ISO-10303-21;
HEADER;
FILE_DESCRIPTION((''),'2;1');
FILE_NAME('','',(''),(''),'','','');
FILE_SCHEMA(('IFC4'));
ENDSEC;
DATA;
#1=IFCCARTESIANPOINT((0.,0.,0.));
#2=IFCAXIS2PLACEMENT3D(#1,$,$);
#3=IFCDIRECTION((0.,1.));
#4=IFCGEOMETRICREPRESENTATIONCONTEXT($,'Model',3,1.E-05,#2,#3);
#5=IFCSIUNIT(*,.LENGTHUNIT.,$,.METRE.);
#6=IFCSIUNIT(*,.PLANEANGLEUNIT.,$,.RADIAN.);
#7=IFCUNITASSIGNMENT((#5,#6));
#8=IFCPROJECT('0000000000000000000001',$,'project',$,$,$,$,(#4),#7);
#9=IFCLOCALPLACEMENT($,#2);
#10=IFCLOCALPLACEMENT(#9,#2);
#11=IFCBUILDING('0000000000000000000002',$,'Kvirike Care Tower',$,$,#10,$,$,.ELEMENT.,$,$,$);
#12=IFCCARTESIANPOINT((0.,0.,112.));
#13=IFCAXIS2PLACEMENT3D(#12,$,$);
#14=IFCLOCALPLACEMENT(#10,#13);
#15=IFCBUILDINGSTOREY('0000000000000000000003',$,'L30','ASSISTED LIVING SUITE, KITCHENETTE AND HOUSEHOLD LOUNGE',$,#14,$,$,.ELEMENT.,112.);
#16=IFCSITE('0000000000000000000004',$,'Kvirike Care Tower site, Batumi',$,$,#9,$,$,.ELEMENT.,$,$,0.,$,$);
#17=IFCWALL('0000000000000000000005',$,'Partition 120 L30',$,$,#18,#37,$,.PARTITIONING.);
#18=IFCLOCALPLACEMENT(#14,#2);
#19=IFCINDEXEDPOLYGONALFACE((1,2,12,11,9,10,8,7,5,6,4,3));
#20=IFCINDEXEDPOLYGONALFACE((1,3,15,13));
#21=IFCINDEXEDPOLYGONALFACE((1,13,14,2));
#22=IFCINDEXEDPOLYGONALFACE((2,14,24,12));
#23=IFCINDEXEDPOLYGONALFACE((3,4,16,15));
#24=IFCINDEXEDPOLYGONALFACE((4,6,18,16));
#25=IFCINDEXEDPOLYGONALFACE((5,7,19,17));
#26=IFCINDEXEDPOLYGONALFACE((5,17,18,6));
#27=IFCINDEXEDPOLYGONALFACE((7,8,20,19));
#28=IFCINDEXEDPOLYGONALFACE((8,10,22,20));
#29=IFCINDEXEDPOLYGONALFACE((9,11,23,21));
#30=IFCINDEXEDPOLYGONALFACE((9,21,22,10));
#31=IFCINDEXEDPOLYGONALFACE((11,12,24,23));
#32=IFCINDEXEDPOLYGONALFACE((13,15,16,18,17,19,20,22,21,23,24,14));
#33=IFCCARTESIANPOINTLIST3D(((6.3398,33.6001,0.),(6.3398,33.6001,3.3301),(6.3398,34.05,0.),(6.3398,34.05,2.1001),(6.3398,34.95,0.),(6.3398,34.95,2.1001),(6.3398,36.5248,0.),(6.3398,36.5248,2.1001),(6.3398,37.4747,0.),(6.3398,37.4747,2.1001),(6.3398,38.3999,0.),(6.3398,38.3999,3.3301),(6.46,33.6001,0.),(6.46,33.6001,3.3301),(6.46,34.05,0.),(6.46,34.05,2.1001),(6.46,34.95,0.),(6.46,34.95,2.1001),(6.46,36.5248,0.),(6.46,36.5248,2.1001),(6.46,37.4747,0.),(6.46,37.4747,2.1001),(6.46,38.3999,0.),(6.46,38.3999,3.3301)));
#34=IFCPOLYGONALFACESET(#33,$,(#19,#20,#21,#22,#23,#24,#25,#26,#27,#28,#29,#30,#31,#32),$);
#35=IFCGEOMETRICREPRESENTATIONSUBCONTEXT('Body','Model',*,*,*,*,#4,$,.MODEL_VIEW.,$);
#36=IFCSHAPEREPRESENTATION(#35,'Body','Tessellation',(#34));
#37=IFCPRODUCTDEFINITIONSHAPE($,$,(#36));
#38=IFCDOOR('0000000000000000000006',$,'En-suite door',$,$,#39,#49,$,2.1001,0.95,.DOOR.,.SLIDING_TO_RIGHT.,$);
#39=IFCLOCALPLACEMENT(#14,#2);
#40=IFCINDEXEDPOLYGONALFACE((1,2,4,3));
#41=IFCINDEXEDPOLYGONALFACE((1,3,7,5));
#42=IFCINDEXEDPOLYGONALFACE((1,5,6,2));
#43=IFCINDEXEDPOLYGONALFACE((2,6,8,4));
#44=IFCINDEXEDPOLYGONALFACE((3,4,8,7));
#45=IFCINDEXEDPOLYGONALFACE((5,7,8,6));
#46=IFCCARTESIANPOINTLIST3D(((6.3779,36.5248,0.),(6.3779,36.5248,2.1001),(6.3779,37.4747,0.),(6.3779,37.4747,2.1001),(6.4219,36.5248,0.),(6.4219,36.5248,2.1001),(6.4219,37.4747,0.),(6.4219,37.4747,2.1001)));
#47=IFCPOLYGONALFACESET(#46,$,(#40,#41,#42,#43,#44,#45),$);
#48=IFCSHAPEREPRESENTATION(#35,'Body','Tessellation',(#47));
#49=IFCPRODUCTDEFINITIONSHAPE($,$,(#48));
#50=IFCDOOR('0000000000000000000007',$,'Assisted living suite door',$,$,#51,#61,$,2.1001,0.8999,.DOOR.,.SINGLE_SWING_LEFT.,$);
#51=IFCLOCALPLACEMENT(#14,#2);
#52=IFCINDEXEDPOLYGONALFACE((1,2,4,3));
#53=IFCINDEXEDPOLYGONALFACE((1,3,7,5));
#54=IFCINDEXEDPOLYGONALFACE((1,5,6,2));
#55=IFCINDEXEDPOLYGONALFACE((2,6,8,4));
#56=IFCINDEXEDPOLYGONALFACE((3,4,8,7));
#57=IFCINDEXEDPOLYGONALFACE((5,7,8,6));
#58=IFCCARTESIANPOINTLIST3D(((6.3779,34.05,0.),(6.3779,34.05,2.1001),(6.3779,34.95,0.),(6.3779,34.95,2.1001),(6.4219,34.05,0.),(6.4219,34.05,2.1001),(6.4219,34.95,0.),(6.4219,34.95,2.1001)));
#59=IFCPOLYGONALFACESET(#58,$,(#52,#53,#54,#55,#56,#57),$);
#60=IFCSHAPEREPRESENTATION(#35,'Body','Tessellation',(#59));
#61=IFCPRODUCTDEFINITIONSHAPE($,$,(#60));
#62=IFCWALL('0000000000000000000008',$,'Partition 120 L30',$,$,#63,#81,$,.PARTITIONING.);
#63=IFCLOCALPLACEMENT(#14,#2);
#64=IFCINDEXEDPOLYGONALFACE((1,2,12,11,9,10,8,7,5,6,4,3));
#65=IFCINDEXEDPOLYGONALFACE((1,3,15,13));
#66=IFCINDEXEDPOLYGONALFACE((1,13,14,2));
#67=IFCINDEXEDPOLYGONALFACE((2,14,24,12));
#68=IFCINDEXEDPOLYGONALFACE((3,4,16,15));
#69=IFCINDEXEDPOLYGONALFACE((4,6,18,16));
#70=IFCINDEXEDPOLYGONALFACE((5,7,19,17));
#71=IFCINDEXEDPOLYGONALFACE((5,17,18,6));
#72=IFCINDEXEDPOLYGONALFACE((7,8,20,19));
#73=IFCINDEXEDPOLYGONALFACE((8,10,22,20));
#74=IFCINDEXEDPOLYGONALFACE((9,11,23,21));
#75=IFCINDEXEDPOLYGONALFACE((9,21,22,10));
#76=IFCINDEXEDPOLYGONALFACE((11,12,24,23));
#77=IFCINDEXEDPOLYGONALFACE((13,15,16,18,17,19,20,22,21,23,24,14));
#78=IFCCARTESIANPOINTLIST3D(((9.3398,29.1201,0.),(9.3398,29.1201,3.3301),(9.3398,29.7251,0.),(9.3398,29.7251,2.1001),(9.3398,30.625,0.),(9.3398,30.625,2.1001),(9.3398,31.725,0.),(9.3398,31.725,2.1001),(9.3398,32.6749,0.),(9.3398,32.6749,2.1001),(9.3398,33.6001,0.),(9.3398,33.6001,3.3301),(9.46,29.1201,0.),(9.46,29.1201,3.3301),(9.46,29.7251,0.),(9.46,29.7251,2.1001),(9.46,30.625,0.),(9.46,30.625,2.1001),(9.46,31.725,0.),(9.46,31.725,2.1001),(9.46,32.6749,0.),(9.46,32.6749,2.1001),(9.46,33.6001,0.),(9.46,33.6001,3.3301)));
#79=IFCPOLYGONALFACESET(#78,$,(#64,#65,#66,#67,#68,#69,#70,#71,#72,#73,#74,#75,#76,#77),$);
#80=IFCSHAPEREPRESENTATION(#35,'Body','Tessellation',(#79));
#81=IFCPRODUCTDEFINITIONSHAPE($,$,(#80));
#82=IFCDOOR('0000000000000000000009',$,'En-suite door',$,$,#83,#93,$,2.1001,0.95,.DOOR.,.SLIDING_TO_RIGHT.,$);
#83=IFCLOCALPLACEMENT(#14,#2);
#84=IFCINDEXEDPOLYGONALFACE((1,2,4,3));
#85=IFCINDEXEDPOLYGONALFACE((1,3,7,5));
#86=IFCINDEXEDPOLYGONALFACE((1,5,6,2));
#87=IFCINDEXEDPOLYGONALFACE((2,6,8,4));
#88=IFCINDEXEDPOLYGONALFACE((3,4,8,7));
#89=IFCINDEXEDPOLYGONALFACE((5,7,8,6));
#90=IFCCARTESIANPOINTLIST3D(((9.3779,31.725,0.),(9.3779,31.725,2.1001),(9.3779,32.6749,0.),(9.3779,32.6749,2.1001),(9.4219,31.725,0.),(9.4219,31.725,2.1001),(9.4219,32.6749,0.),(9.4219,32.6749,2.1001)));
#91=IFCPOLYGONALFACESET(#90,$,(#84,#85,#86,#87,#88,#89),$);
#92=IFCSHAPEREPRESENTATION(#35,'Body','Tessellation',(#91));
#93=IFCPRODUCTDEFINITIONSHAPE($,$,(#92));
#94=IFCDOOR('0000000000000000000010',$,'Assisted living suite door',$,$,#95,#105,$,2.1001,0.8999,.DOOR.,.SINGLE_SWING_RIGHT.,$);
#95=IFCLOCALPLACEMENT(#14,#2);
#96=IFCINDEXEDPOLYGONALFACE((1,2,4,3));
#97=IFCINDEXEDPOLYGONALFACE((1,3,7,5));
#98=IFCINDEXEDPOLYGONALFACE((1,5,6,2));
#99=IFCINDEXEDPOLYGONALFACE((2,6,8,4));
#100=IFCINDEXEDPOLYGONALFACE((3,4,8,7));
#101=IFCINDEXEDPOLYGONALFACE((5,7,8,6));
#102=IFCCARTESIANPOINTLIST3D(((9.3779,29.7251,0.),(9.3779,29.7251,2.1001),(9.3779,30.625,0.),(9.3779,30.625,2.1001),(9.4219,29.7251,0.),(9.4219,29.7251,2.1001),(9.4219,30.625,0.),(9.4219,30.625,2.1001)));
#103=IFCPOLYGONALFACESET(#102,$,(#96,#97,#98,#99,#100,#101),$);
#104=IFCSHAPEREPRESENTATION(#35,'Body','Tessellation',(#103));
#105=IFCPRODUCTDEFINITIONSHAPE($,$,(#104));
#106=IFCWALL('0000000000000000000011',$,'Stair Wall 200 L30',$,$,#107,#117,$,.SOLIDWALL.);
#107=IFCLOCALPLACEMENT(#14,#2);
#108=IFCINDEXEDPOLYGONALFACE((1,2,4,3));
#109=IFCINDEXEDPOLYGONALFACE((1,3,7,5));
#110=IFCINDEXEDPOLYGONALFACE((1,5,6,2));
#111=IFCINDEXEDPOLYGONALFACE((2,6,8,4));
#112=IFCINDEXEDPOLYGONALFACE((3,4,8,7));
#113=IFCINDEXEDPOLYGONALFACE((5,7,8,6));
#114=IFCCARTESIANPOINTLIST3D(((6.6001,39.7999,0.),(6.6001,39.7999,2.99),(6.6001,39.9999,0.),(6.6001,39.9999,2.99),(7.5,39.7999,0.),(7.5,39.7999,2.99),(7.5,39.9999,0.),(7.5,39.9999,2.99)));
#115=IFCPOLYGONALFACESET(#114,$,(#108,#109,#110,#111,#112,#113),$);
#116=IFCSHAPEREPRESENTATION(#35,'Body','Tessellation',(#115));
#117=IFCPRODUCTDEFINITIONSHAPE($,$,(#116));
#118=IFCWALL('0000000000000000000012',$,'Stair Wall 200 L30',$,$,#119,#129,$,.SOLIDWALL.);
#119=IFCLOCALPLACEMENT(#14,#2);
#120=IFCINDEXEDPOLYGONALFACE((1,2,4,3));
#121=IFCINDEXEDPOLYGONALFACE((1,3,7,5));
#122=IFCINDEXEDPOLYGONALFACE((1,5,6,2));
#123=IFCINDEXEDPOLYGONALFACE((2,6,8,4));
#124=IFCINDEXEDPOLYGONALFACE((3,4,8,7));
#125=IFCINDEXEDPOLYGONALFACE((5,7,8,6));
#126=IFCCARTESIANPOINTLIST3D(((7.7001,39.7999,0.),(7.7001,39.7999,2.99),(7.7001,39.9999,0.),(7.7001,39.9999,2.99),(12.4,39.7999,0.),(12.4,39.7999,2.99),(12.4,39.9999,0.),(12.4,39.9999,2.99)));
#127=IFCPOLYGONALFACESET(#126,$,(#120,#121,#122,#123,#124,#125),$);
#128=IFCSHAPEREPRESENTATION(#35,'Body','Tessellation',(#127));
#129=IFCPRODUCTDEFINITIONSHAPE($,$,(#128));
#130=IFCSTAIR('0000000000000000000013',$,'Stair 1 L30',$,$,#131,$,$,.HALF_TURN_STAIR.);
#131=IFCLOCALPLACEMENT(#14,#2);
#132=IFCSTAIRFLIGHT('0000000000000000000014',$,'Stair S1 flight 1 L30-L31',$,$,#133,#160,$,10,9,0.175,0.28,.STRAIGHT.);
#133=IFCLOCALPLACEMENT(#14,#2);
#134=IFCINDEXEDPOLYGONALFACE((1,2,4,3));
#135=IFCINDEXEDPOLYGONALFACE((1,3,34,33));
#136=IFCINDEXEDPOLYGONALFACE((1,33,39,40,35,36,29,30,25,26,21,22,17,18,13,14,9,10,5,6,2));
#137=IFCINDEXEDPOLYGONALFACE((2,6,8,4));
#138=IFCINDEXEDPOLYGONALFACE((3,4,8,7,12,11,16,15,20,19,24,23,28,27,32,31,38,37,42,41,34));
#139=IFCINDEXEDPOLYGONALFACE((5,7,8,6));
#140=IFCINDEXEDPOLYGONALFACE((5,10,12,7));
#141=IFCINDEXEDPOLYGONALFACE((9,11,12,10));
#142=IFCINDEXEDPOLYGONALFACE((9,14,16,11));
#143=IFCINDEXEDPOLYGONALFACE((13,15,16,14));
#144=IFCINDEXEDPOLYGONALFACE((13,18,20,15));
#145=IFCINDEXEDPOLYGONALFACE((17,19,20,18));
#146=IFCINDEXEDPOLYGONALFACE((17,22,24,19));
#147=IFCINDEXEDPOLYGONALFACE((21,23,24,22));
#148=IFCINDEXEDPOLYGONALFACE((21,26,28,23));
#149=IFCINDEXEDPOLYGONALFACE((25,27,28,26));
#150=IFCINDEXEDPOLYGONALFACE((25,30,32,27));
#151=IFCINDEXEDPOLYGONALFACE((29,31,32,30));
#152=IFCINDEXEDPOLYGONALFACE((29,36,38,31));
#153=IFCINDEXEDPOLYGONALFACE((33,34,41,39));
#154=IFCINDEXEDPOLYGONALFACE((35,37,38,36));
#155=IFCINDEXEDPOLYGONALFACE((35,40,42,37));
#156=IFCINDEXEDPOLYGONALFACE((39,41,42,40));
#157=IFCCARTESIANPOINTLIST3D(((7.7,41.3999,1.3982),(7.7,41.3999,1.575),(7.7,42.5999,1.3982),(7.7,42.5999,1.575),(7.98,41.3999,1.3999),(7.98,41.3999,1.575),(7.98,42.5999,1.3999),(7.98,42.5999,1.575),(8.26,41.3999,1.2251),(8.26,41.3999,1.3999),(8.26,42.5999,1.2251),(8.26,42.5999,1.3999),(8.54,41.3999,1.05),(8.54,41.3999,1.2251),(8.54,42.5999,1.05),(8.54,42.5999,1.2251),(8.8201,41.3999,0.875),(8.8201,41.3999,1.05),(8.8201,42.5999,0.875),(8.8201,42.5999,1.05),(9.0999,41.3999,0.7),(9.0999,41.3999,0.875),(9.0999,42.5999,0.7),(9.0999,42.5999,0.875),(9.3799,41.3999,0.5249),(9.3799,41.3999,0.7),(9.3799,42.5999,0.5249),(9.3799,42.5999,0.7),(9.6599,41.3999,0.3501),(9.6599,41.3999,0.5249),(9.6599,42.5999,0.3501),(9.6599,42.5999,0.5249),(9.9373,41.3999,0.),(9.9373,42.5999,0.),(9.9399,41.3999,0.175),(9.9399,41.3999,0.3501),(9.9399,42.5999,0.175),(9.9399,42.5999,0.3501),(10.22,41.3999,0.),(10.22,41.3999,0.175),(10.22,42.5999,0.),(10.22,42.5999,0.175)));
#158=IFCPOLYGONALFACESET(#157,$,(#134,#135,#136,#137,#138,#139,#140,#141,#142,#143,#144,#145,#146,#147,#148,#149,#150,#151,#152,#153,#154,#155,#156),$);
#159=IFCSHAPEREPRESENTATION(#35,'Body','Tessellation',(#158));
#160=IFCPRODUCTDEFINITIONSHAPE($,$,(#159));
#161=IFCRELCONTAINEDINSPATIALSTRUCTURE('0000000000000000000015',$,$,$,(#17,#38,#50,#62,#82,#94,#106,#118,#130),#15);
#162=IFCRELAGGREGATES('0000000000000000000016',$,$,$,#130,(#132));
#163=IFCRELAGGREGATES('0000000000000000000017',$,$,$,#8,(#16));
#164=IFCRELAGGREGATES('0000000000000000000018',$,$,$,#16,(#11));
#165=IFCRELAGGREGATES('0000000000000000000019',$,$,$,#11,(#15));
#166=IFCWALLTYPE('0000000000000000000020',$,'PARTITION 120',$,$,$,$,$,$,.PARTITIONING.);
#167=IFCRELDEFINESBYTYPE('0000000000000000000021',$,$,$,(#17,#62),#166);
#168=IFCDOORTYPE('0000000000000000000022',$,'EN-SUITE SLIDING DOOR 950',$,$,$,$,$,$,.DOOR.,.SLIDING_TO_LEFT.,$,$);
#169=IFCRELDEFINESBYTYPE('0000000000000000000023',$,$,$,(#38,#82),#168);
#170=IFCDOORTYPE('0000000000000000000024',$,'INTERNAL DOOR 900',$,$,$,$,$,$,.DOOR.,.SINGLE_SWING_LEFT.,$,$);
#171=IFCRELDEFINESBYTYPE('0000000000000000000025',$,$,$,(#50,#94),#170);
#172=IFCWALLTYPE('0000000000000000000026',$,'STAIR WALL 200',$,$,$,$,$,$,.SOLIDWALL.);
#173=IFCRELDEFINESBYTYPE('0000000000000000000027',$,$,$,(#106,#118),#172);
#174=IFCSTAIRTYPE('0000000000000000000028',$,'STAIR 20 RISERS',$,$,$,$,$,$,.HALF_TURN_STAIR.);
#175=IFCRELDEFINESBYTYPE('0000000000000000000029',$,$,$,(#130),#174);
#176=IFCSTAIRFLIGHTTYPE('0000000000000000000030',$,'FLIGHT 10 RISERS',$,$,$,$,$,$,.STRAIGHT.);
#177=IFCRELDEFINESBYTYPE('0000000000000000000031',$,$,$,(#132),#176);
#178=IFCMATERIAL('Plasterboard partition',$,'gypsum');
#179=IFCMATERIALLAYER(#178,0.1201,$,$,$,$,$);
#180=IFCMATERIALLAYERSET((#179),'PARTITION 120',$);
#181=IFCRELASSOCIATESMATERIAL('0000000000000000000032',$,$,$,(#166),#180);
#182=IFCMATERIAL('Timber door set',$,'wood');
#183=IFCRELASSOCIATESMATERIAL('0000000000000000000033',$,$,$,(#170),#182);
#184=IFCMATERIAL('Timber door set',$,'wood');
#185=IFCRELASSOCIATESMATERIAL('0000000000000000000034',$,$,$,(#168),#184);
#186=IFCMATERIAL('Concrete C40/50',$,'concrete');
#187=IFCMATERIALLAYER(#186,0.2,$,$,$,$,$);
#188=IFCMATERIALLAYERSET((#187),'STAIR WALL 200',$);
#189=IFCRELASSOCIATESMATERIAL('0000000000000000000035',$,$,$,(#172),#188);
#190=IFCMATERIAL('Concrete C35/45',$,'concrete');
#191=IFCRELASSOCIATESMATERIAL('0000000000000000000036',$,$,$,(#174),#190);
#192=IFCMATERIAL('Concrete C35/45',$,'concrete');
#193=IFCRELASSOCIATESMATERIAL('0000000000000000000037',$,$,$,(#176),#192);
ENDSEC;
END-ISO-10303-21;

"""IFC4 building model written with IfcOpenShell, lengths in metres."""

from ifc_helpers import new_model, si_unit, direction, frame, frame_2d, origin, place, context, subcontext, project, spatial, polyline, rectangle, outline, extrude, material, layer, layer_set, type_object, element, fill, aggregate, save


model = new_model("IFC4")

# Units and contexts
model_context = context("Model", 3, precision=1e-05, world=origin(), true_north=direction((0.0, 1.0)))
body_context = subcontext(model_context, "Body", "Model", "MODEL_VIEW")
ifc_project = project(units=[si_unit("LENGTHUNIT", "METRE"), si_unit("PLANEANGLEUNIT", "RADIAN")], contexts=[model_context])

# Site, building, storey
site_placement = place(None, origin())
site = spatial("IfcSite", under=ifc_project, at=site_placement, Name="Kvirike Care Tower site, Batumi", CompositionType="ELEMENT", RefElevation=0.0)
building_placement = place(site_placement, origin())
building = spatial("IfcBuilding", under=site, at=building_placement, Name="Kvirike Care Tower", CompositionType="ELEMENT")
storey_placement = place(building_placement, frame((0.0, 0.0, 112.0)))
storey = spatial("IfcBuildingStorey", under=building, at=storey_placement, Name="L30", Description="ASSISTED LIVING SUITE, KITCHENETTE AND HOUSEHOLD LOUNGE", CompositionType="ELEMENT", Elevation=112.0)

# Shared definitions
ifc_material_1 = material(Name="Plasterboard partition", Category="gypsum")
ifc_layer_1 = layer(ifc_material_1, 0.1201)
ifc_layer_set_1 = layer_set([ifc_layer_1], Name="PARTITION 120")
wall_type_1 = type_object("IfcWallType", Name="PARTITION 120", PredefinedType="PARTITIONING", material=ifc_layer_set_1)
ifc_material_2 = material(Name="Timber door set", Category="wood")
door_type_1 = type_object("IfcDoorType", Name="INTERNAL DOOR 900", OperationType="SINGLE_SWING_LEFT", PredefinedType="DOOR", material=ifc_material_2)

# Walls, openings, doors
wall_1_placement = place(storey_placement, frame((6.3999, 38.3999, 0.0), z_axis=(0.0, 0.0, 1.0), x_axis=(0.0, -1.0, 0.0)))
wall_1 = element("IfcWall", 1, at=wall_1_placement, inside=storey, type_object=wall_type_1, Name="Partition 120 L30", PredefinedType="PARTITIONING", context=body_context, shape_type="SweptSolid", body=[
    extrude(rectangle(XDim=4.7998, YDim=0.1201, at=frame_2d((2.3999, 0.0))), origin(), (0.0, 0.0, 1.0), 3.3301),
])
opening_1_placement = place(wall_1_placement, frame((3.45, 0.0, 0.0)))
opening_1 = element("IfcOpeningElement", 2, at=opening_1_placement, cuts=wall_1, PredefinedType="OPENING", context=body_context, shape_type="SweptSolid", body=[
    extrude(rectangle(XDim=0.8999, YDim=2.1001, at=frame_2d((0.45, 1.05))), frame((0.0, 0.0706, 0.0), z_axis=(0.0, -1.0, 0.0), x_axis=(1.0, 0.0, 0.0)), (0.0, 0.0, 1.0), 0.1411),
])
opening_2_placement = place(wall_1_placement, frame((0.925, 0.0, 0.0)))
opening_2 = element("IfcOpeningElement", 3, at=opening_2_placement, cuts=wall_1, PredefinedType="OPENING", context=body_context, shape_type="SweptSolid", body=[
    extrude(rectangle(XDim=0.95, YDim=2.1001, at=frame_2d((0.4751, 1.05))), frame((0.0, 0.0706, 0.0), z_axis=(0.0, -1.0, 0.0), x_axis=(1.0, 0.0, 0.0)), (0.0, 0.0, 1.0), 0.1411),
])
ifc_material_3 = material(Name="Timber door set", Category="wood")
door_type_2 = type_object("IfcDoorType", Name="EN-SUITE SLIDING DOOR 950", OperationType="SLIDING_TO_LEFT", PredefinedType="DOOR", material=ifc_material_3)
door_1_placement = place(opening_2_placement, origin())
door_1 = element("IfcDoor", 4, at=door_1_placement, inside=storey, type_object=door_type_2, Name="En-suite door", OperationType="SLIDING_TO_RIGHT", OverallHeight=2.1001, OverallWidth=0.95, PredefinedType="DOOR", context=body_context, shape_type="SweptSolid", body=[
    extrude(rectangle(XDim=0.95, YDim=2.1001, at=frame_2d((0.4751, 1.05))), frame((0.0, 0.022, 0.0), z_axis=(0.0, -1.0, 0.0), x_axis=(1.0, 0.0, 0.0)), (0.0, 0.0, 1.0), 0.0439),
])
fill(opening_2, door_1)
door_2_placement = place(opening_1_placement, origin())
door_2 = element("IfcDoor", 5, at=door_2_placement, inside=storey, type_object=door_type_1, Name="Assisted living suite door", OperationType="SINGLE_SWING_LEFT", OverallHeight=2.1001, OverallWidth=0.8999, PredefinedType="DOOR", context=body_context, shape_type="SweptSolid", body=[
    extrude(rectangle(XDim=0.8999, YDim=2.1001, at=frame_2d((0.45, 1.05))), frame((0.0, 0.022, 0.0), z_axis=(0.0, -1.0, 0.0), x_axis=(1.0, 0.0, 0.0)), (0.0, 0.0, 1.0), 0.0439),
])
fill(opening_1, door_2)
wall_2_placement = place(storey_placement, frame((9.3999, 33.6001, 0.0), z_axis=(0.0, 0.0, 1.0), x_axis=(0.0, -1.0, 0.0)))
wall_2 = element("IfcWall", 6, at=wall_2_placement, inside=storey, type_object=wall_type_1, Name="Partition 120 L30", PredefinedType="PARTITIONING", context=body_context, shape_type="SweptSolid", body=[
    extrude(rectangle(XDim=4.48, YDim=0.1201, at=frame_2d((2.24, 0.0))), origin(), (0.0, 0.0, 1.0), 3.3301),
])
opening_3_placement = place(wall_2_placement, frame((2.9751, 0.0, 0.0)))
opening_3 = element("IfcOpeningElement", 7, at=opening_3_placement, cuts=wall_2, PredefinedType="OPENING", context=body_context, shape_type="SweptSolid", body=[
    extrude(rectangle(XDim=0.8999, YDim=2.1001, at=frame_2d((0.45, 1.05))), frame((0.0, 0.0706, 0.0), z_axis=(0.0, -1.0, 0.0), x_axis=(1.0, 0.0, 0.0)), (0.0, 0.0, 1.0), 0.1411),
])
opening_4_placement = place(wall_2_placement, frame((0.925, 0.0, 0.0)))
opening_4 = element("IfcOpeningElement", 8, at=opening_4_placement, cuts=wall_2, PredefinedType="OPENING", context=body_context, shape_type="SweptSolid", body=[
    extrude(rectangle(XDim=0.95, YDim=2.1001, at=frame_2d((0.4751, 1.05))), frame((0.0, 0.0706, 0.0), z_axis=(0.0, -1.0, 0.0), x_axis=(1.0, 0.0, 0.0)), (0.0, 0.0, 1.0), 0.1411),
])
door_3_placement = place(opening_4_placement, origin())
door_3 = element("IfcDoor", 9, at=door_3_placement, inside=storey, type_object=door_type_2, Name="En-suite door", OperationType="SLIDING_TO_RIGHT", OverallHeight=2.1001, OverallWidth=0.95, PredefinedType="DOOR", context=body_context, shape_type="SweptSolid", body=[
    extrude(rectangle(XDim=0.95, YDim=2.1001, at=frame_2d((0.4751, 1.05))), frame((0.0, 0.022, 0.0), z_axis=(0.0, -1.0, 0.0), x_axis=(1.0, 0.0, 0.0)), (0.0, 0.0, 1.0), 0.0439),
])
fill(opening_4, door_3)
door_4_placement = place(opening_3_placement, origin())
door_4 = element("IfcDoor", 10, at=door_4_placement, inside=storey, type_object=door_type_1, Name="Assisted living suite door", OperationType="SINGLE_SWING_RIGHT", OverallHeight=2.1001, OverallWidth=0.8999, PredefinedType="DOOR", context=body_context, shape_type="SweptSolid", body=[
    extrude(rectangle(XDim=0.8999, YDim=2.1001, at=frame_2d((0.45, 1.05))), frame((0.0, 0.022, 0.0), z_axis=(0.0, -1.0, 0.0), x_axis=(1.0, 0.0, 0.0)), (0.0, 0.0, 1.0), 0.0439),
])
fill(opening_3, door_4)

# Walls
ifc_material_4 = material(Name="Concrete C40/50", Category="concrete")
ifc_layer_2 = layer(ifc_material_4, 0.2)
ifc_layer_set_2 = layer_set([ifc_layer_2], Name="STAIR WALL 200")
wall_type_2 = type_object("IfcWallType", Name="STAIR WALL 200", PredefinedType="SOLIDWALL", material=ifc_layer_set_2)
wall_3_placement = place(storey_placement, frame((6.6001, 39.8999, 0.0), z_axis=(0.0, 0.0, 1.0), x_axis=(1.0, 0.0, 0.0)))
element("IfcWall", 11, at=wall_3_placement, inside=storey, type_object=wall_type_2, Name="Stair Wall 200 L30", PredefinedType="SOLIDWALL", context=body_context, shape_type="SweptSolid", body=[
    extrude(rectangle(XDim=0.8999, YDim=0.2, at=frame_2d((0.45, 0.0))), origin(), (0.0, 0.0, 1.0), 2.99),
])
wall_4_placement = place(storey_placement, frame((7.7, 39.8999, 0.0), z_axis=(0.0, 0.0, 1.0), x_axis=(1.0, 0.0, 0.0)))
element("IfcWall", 12, at=wall_4_placement, inside=storey, type_object=wall_type_2, Name="Stair Wall 200 L30", PredefinedType="SOLIDWALL", context=body_context, shape_type="SweptSolid", body=[
    extrude(rectangle(XDim=4.7, YDim=0.2, at=frame_2d((2.3501, 0.0))), origin(), (0.0, 0.0, 1.0), 2.99),
])

# Stair, stair flight
ifc_material_5 = material(Name="Concrete C35/45", Category="concrete")
stair_type = type_object("IfcStairType", Name="STAIR 20 RISERS", PredefinedType="HALF_TURN_STAIR", material=ifc_material_5)
stair_placement = place(storey_placement, origin())
stair = element("IfcStair", 13, at=stair_placement, inside=storey, type_object=stair_type, Name="Stair 1 L30", PredefinedType="HALF_TURN_STAIR")
ifc_material_6 = material(Name="Concrete C35/45", Category="concrete")
stair_flight_type = type_object("IfcStairFlightType", Name="FLIGHT 10 RISERS", PredefinedType="STRAIGHT", material=ifc_material_6)
stair_flight_1_placement = place(storey_placement, frame((10.22, 42.0, 0.0), z_axis=(0.0, 0.0, 1.0), x_axis=(-1.0, 0.0, 0.0)))
stair_flight_1 = element("IfcStairFlight", 14, at=stair_flight_1_placement, type_object=stair_flight_type, Name="Stair S1 flight 1 L30-L31", NumberOfRisers=10, NumberOfTreads=9, PredefinedType="STRAIGHT", RiserHeight=0.175, TreadLength=0.28, context=body_context, shape_type="SweptSolid", body=[
    extrude(outline(polyline([(0.0, 0.0), (0.0, 0.175), (0.28, 0.175), (0.28, 0.3501), (0.5601, 0.3501), (0.5601, 0.5249), (0.8401, 0.5249), (0.8401, 0.7), (1.1201, 0.7), (1.1201, 0.875), (1.3999, 0.875), (1.3999, 1.05), (1.6799, 1.05), (1.6799, 1.2251), (1.96, 1.2251), (1.96, 1.3999), (2.24, 1.3999), (2.24, 1.575), (2.52, 1.575), (2.52, 1.75), (2.52, 1.3982), (0.2827, 0.0), (0.0, 0.0)])), frame((0.0, 0.6001, 0.0), z_axis=(0.0, -1.0, 0.0), x_axis=(1.0, 0.0, 0.0)), (0.0, 0.0, 1.0), 1.2),
])
aggregate(stair, [stair_flight_1])

save(model, "model.ifc")
